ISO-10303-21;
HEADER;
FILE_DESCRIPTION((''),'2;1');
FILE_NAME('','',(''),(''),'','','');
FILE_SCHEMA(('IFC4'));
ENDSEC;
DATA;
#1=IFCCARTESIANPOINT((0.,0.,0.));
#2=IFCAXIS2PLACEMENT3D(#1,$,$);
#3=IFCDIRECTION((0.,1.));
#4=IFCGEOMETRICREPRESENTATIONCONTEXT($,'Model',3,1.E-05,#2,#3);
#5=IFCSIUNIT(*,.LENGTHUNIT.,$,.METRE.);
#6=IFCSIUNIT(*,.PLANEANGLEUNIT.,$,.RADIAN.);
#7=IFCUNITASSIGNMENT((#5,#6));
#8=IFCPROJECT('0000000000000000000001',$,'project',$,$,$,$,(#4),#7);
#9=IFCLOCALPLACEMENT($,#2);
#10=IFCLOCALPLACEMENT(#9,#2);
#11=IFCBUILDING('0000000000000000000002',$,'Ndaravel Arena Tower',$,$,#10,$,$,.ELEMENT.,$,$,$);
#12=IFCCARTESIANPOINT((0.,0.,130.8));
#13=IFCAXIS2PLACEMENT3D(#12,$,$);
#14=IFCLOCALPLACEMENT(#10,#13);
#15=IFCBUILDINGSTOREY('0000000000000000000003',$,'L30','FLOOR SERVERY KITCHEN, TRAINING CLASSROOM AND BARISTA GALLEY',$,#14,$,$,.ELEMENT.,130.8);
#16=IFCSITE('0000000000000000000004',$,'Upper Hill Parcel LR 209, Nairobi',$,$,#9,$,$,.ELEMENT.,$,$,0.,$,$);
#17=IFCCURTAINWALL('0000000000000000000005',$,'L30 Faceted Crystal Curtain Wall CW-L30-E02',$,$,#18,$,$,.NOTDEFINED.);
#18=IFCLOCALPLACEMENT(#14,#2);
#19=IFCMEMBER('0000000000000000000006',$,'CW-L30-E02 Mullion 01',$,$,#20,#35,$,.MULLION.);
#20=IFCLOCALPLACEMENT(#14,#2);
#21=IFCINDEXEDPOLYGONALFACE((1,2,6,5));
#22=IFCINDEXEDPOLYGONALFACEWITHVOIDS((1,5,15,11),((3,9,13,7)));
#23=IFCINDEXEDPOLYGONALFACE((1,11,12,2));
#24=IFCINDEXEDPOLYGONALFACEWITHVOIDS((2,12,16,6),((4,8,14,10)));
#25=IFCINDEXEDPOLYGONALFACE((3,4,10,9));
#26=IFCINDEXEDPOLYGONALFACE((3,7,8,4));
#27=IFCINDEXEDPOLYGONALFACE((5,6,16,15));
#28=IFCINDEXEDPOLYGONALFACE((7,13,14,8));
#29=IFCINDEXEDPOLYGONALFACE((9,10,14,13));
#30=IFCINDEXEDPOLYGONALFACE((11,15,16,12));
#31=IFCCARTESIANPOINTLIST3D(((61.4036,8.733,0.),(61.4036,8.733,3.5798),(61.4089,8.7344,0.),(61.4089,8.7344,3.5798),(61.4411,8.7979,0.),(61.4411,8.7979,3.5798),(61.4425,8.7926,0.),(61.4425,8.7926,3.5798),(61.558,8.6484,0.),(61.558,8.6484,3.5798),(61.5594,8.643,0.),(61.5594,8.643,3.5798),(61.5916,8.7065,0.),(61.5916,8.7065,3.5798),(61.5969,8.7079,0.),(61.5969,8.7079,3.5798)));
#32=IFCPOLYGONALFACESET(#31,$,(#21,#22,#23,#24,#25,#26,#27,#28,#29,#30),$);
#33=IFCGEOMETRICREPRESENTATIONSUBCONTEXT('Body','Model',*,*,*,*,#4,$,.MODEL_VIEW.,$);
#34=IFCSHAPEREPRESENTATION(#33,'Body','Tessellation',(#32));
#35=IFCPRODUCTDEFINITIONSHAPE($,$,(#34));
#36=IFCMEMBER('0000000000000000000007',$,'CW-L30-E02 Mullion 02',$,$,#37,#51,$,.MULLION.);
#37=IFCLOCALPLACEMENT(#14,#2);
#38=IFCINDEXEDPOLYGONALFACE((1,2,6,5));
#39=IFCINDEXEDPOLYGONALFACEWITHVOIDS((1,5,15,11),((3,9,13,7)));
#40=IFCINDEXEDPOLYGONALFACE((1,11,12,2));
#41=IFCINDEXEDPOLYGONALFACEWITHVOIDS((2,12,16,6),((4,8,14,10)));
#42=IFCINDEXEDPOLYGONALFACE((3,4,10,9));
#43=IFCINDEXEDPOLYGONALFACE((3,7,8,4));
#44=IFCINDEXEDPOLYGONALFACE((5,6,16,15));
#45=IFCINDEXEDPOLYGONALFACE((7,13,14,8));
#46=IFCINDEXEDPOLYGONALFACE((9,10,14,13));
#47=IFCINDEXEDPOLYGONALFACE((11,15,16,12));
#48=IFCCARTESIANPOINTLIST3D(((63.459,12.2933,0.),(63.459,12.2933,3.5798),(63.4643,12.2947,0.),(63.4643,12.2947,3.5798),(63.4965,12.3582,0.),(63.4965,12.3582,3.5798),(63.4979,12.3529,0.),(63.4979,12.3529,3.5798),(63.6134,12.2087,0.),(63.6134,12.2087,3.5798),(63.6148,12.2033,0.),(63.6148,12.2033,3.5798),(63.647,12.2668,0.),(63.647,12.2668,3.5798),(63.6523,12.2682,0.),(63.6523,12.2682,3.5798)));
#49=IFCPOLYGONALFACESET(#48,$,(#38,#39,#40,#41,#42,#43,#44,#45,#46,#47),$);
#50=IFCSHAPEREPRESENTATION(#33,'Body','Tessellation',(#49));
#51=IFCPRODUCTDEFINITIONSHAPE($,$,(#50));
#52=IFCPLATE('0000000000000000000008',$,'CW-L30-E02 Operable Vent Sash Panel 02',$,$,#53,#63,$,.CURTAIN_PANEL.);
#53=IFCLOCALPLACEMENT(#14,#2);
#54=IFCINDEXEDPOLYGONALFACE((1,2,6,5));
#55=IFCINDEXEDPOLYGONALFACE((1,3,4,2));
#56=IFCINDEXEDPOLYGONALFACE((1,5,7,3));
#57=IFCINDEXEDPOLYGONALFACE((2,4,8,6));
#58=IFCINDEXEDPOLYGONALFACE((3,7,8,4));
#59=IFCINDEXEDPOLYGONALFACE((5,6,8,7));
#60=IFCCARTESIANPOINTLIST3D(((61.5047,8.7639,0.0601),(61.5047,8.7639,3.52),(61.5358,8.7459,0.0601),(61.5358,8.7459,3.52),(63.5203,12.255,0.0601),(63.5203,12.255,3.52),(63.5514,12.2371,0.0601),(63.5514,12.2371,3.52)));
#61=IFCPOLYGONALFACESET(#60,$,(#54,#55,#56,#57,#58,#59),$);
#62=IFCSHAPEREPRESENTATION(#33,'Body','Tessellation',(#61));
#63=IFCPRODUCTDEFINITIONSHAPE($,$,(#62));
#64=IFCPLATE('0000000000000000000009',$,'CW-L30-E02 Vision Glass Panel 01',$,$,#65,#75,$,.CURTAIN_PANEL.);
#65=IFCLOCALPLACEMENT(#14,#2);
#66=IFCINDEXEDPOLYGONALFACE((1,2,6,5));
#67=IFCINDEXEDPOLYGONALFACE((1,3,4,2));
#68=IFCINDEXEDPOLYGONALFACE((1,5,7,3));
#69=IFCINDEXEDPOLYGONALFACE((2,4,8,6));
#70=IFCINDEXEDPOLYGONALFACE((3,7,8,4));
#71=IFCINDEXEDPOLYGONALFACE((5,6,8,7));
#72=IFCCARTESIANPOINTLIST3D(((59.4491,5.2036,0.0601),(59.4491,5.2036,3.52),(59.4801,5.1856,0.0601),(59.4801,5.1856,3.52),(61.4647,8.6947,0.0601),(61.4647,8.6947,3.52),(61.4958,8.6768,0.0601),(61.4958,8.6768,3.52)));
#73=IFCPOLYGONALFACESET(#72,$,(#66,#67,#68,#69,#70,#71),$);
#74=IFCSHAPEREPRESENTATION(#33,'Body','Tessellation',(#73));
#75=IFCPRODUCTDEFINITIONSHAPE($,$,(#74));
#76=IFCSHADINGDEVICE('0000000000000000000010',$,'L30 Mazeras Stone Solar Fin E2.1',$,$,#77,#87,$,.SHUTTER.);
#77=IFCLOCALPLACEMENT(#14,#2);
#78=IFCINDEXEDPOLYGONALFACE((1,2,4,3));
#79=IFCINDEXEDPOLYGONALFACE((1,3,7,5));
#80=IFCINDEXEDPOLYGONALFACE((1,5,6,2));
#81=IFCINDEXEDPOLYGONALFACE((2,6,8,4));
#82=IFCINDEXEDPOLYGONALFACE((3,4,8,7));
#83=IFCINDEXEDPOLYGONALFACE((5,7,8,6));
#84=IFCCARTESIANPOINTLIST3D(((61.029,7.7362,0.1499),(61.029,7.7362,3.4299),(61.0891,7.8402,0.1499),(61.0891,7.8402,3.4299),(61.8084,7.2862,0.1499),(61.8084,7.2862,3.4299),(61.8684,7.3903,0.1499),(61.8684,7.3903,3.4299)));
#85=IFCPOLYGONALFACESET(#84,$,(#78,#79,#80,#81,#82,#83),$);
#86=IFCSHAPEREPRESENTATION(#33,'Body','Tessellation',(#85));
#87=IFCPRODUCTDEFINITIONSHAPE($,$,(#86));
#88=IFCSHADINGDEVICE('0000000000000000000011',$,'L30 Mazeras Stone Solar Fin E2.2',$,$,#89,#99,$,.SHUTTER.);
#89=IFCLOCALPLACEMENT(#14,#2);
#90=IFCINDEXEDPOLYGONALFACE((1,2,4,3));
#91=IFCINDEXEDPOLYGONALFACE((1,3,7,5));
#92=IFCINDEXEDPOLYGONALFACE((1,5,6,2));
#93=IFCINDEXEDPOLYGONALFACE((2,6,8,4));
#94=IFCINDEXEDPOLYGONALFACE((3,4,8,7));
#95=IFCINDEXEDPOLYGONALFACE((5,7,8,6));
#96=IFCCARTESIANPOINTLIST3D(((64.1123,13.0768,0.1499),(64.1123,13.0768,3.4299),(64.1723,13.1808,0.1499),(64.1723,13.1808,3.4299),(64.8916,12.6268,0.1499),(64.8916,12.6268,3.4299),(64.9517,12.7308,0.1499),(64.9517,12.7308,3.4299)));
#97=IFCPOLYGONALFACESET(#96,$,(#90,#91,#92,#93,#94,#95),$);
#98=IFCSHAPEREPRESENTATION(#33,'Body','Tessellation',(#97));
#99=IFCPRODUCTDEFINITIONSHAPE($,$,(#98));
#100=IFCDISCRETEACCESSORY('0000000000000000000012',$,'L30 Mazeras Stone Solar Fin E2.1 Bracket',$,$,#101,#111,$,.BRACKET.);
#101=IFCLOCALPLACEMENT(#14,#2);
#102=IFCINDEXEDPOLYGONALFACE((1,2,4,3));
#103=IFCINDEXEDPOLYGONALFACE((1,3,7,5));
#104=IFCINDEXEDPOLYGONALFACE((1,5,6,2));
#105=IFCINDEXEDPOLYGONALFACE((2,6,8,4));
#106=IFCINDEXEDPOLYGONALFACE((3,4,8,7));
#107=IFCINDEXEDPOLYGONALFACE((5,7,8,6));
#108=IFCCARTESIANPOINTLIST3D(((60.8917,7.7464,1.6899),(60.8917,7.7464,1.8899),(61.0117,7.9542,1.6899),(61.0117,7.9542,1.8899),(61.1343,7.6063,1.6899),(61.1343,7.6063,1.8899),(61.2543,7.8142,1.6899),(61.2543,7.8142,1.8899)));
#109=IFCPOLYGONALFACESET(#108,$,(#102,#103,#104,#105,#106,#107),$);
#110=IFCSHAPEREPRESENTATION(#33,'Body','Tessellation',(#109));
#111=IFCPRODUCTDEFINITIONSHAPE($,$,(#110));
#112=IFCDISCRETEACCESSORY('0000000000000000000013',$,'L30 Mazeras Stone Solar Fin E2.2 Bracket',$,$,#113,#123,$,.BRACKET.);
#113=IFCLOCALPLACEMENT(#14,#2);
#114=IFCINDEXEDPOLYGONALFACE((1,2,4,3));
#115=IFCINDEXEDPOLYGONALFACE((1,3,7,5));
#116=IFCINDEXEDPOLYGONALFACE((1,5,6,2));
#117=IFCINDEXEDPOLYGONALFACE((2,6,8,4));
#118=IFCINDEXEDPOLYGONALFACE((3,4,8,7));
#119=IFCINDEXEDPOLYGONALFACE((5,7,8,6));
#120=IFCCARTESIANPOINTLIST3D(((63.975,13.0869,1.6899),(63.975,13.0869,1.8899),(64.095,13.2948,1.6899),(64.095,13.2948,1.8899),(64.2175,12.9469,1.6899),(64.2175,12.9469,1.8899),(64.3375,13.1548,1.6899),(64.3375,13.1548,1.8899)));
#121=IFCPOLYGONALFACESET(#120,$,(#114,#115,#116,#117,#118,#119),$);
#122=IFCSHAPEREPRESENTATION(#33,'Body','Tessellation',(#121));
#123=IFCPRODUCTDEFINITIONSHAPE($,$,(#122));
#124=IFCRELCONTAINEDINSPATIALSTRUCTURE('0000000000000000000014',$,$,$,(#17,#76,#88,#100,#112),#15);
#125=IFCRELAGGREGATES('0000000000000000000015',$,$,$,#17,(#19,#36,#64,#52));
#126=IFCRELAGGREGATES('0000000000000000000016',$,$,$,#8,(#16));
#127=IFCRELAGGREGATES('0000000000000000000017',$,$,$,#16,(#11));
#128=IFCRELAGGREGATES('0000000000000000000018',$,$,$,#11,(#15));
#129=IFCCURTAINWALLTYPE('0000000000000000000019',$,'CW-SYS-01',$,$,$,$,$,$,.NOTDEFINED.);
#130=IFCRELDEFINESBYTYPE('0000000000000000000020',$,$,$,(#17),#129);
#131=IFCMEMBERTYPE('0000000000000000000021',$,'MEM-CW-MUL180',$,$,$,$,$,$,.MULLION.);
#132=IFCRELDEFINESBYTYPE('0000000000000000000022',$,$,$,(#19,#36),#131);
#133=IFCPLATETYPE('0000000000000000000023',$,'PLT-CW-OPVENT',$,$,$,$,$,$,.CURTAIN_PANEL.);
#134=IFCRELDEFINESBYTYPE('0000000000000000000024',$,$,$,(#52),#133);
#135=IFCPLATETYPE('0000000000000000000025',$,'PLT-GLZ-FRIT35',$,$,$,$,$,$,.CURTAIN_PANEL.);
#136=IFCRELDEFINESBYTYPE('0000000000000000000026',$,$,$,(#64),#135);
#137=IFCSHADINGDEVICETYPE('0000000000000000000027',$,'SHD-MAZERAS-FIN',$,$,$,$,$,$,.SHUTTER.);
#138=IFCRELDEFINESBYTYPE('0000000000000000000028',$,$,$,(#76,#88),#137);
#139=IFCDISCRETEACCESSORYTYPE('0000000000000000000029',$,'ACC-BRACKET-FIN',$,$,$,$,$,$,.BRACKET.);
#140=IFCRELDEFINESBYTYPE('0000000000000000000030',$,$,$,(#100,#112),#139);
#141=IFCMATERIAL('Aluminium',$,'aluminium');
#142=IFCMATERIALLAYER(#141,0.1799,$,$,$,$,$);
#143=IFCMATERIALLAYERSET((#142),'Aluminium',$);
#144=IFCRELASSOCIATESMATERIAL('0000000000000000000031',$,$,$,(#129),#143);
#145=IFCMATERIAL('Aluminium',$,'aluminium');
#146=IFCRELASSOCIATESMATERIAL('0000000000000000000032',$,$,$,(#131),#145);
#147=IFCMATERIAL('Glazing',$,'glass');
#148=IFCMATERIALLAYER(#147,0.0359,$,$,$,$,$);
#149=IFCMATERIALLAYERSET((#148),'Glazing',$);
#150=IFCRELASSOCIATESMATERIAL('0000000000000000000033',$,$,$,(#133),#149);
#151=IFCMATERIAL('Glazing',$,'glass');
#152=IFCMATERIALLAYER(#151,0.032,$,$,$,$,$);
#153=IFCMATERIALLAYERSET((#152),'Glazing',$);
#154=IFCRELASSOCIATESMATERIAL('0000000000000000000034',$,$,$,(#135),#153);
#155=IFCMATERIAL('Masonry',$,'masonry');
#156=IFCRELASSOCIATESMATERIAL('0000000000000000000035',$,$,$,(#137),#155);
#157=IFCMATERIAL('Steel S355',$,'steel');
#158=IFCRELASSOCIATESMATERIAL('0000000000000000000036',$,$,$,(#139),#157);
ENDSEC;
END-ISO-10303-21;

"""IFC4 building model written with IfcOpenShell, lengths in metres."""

from ifc_helpers import new_model, si_unit, direction, frame, origin, origin_2d, place, context, subcontext, project, spatial, rectangle, hollow_rectangle, extrude, material, layer, layer_set, material_profile, profile_set, type_object, element, aggregate, save


model = new_model("IFC4")

# Units and contexts
model_context = context("Model", 3, precision=1e-05, world=origin(), true_north=direction((0.0, 1.0)))
body_context = subcontext(model_context, "Body", "Model", "MODEL_VIEW")
ifc_project = project(units=[si_unit("LENGTHUNIT", "METRE"), si_unit("PLANEANGLEUNIT", "RADIAN")], contexts=[model_context])

# Site, building, storey
site_placement = place(None, origin())
site = spatial("IfcSite", under=ifc_project, at=site_placement, Name="Upper Hill Parcel LR 209, Nairobi", CompositionType="ELEMENT", RefElevation=0.0)
building_placement = place(site_placement, origin())
building = spatial("IfcBuilding", under=site, at=building_placement, Name="Ndaravel Arena Tower", CompositionType="ELEMENT")
storey_placement = place(building_placement, frame((0.0, 0.0, 130.8)))
storey = spatial("IfcBuildingStorey", under=building, at=storey_placement, Name="L30", Description="FLOOR SERVERY KITCHEN, TRAINING CLASSROOM AND BARISTA GALLEY", CompositionType="ELEMENT", Elevation=130.8)

# Curtain wall, members, plates
ifc_material_1 = material(Name="Aluminium", Category="aluminium")
ifc_layer_1 = layer(ifc_material_1, 0.1799)
ifc_layer_set_1 = layer_set([ifc_layer_1], Name="Aluminium")
curtain_wall_type = type_object("IfcCurtainWallType", Name="CW-SYS-01", PredefinedType="NOTDEFINED", material=ifc_layer_set_1)
curtain_wall_placement = place(storey_placement, origin())
curtain_wall = element("IfcCurtainWall", 1, at=curtain_wall_placement, inside=storey, type_object=curtain_wall_type, Name="L30 Faceted Crystal Curtain Wall CW-L30-E02", PredefinedType="NOTDEFINED")
ifc_material_2 = material(Name="Aluminium", Category="aluminium")
ifc_material_profile_1 = material_profile(ifc_material_2, hollow_rectangle(XDim=0.075, YDim=0.1799, WallThickness=0.0039, at=origin_2d()), Name="CW MULLION 75x180x4")
ifc_profile_set_1 = profile_set([ifc_material_profile_1], Name="Aluminium")
member_type = type_object("IfcMemberType", Name="MEM-CW-MUL180", PredefinedType="MULLION", material=ifc_profile_set_1)
member_1_placement = place(storey_placement, frame((61.5002, 8.7205, 0.0), z_axis=(0.0, 0.0, 1.0), x_axis=(0.5, 0.866025, 0.0)))
member_1 = element("IfcMember", 2, at=member_1_placement, type_object=member_type, Name="CW-L30-E02 Mullion 01", PredefinedType="MULLION", context=body_context, shape_type="SweptSolid", body=[
    extrude(hollow_rectangle(XDim=0.075, YDim=0.1799, WallThickness=0.0039, at=origin_2d()), origin(), (0.0, 0.0, 1.0), 3.5798),
])
member_2_placement = place(storey_placement, frame((63.5557, 12.2808, 0.0), z_axis=(0.0, 0.0, 1.0), x_axis=(0.5, 0.866025, 0.0)))
member_2 = element("IfcMember", 3, at=member_2_placement, type_object=member_type, Name="CW-L30-E02 Mullion 02", PredefinedType="MULLION", context=body_context, shape_type="SweptSolid", body=[
    extrude(hollow_rectangle(XDim=0.075, YDim=0.1799, WallThickness=0.0039, at=origin_2d()), origin(), (0.0, 0.0, 1.0), 3.5798),
])
ifc_material_3 = material(Name="Glazing", Category="glass")
ifc_layer_2 = layer(ifc_material_3, 0.0359)
ifc_layer_set_2 = layer_set([ifc_layer_2], Name="Glazing")
plate_type_1 = type_object("IfcPlateType", Name="PLT-CW-OPVENT", PredefinedType="CURTAIN_PANEL", material=ifc_layer_set_2)
plate_1_placement = place(storey_placement, frame((62.5281, 10.5005, 0.0601), z_axis=(0.0, 0.0, 1.0), x_axis=(0.5, 0.866025, 0.0)))
plate_1 = element("IfcPlate", 4, at=plate_1_placement, type_object=plate_type_1, Name="CW-L30-E02 Operable Vent Sash Panel 02", PredefinedType="CURTAIN_PANEL", context=body_context, shape_type="SweptSolid", body=[
    extrude(rectangle(XDim=4.0312, YDim=0.0359, at=origin_2d()), origin(), (0.0, 0.0, 1.0), 3.46),
])
ifc_material_4 = material(Name="Glazing", Category="glass")
ifc_layer_3 = layer(ifc_material_4, 0.032)
ifc_layer_set_3 = layer_set([ifc_layer_3], Name="Glazing")
plate_type_2 = type_object("IfcPlateType", Name="PLT-GLZ-FRIT35", PredefinedType="CURTAIN_PANEL", material=ifc_layer_set_3)
plate_2_placement = place(storey_placement, frame((60.4724, 6.9402, 0.0601), z_axis=(0.0, 0.0, 1.0), x_axis=(0.5, 0.866025, 0.0)))
plate_2 = element("IfcPlate", 5, at=plate_2_placement, type_object=plate_type_2, Name="CW-L30-E02 Vision Glass Panel 01", PredefinedType="CURTAIN_PANEL", context=body_context, shape_type="SweptSolid", body=[
    extrude(rectangle(XDim=4.0312, YDim=0.0359, at=origin_2d()), origin(), (0.0, 0.0, 1.0), 3.46),
])
aggregate(curtain_wall, [member_1, member_2, plate_2, plate_1])

# Shading devices
ifc_material_5 = material(Name="Masonry", Category="masonry")
shading_device_type = type_object("IfcShadingDeviceType", Name="SHD-MAZERAS-FIN", PredefinedType="SHUTTER", material=ifc_material_5)
for number, where, z_axis, x_axis, name in (
    (6, (61.4487, 7.5632, 0.1499), (0.0, 0.0, 1.0), (0.866025, -0.5, 0.0), "L30 Mazeras Stone Solar Fin E2.1"),
    (7, (64.532, 12.9038, 0.1499), (0.0, 0.0, 1.0), (0.866025, -0.5, 0.0), "L30 Mazeras Stone Solar Fin E2.2"),
):
    element("IfcShadingDevice", number, at=place(storey_placement, frame(where, z_axis=z_axis, x_axis=x_axis)), inside=storey, type_object=shading_device_type, Name=name, PredefinedType="SHUTTER", context=body_context, shape_type="SweptSolid", body=[
        extrude(rectangle(XDim=0.8999, YDim=0.1201, at=origin_2d()), origin(), (0.0, 0.0, 1.0), 3.28),
    ])

# Discrete accessories
ifc_material_6 = material(Name="Steel S355", Category="steel")
discrete_accessory_type = type_object("IfcDiscreteAccessoryType", Name="ACC-BRACKET-FIN", PredefinedType="BRACKET", material=ifc_material_6)
for number, where, z_axis, x_axis, name in (
    (8, (61.073, 7.7803, 1.6899), (0.0, 0.0, 1.0), (0.866025, -0.5, 0.0), "L30 Mazeras Stone Solar Fin E2.1 Bracket"),
    (9, (64.1562, 13.1208, 1.6899), (0.0, 0.0, 1.0), (0.866025, -0.5, 0.0), "L30 Mazeras Stone Solar Fin E2.2 Bracket"),
):
    element("IfcDiscreteAccessory", number, at=place(storey_placement, frame(where, z_axis=z_axis, x_axis=x_axis)), inside=storey, type_object=discrete_accessory_type, Name=name, PredefinedType="BRACKET", context=body_context, shape_type="SweptSolid", body=[
        extrude(rectangle(XDim=0.28, YDim=0.24, at=origin_2d()), origin(), (0.0, 0.0, 1.0), 0.2),
    ])

save(model, "model.ifc")
